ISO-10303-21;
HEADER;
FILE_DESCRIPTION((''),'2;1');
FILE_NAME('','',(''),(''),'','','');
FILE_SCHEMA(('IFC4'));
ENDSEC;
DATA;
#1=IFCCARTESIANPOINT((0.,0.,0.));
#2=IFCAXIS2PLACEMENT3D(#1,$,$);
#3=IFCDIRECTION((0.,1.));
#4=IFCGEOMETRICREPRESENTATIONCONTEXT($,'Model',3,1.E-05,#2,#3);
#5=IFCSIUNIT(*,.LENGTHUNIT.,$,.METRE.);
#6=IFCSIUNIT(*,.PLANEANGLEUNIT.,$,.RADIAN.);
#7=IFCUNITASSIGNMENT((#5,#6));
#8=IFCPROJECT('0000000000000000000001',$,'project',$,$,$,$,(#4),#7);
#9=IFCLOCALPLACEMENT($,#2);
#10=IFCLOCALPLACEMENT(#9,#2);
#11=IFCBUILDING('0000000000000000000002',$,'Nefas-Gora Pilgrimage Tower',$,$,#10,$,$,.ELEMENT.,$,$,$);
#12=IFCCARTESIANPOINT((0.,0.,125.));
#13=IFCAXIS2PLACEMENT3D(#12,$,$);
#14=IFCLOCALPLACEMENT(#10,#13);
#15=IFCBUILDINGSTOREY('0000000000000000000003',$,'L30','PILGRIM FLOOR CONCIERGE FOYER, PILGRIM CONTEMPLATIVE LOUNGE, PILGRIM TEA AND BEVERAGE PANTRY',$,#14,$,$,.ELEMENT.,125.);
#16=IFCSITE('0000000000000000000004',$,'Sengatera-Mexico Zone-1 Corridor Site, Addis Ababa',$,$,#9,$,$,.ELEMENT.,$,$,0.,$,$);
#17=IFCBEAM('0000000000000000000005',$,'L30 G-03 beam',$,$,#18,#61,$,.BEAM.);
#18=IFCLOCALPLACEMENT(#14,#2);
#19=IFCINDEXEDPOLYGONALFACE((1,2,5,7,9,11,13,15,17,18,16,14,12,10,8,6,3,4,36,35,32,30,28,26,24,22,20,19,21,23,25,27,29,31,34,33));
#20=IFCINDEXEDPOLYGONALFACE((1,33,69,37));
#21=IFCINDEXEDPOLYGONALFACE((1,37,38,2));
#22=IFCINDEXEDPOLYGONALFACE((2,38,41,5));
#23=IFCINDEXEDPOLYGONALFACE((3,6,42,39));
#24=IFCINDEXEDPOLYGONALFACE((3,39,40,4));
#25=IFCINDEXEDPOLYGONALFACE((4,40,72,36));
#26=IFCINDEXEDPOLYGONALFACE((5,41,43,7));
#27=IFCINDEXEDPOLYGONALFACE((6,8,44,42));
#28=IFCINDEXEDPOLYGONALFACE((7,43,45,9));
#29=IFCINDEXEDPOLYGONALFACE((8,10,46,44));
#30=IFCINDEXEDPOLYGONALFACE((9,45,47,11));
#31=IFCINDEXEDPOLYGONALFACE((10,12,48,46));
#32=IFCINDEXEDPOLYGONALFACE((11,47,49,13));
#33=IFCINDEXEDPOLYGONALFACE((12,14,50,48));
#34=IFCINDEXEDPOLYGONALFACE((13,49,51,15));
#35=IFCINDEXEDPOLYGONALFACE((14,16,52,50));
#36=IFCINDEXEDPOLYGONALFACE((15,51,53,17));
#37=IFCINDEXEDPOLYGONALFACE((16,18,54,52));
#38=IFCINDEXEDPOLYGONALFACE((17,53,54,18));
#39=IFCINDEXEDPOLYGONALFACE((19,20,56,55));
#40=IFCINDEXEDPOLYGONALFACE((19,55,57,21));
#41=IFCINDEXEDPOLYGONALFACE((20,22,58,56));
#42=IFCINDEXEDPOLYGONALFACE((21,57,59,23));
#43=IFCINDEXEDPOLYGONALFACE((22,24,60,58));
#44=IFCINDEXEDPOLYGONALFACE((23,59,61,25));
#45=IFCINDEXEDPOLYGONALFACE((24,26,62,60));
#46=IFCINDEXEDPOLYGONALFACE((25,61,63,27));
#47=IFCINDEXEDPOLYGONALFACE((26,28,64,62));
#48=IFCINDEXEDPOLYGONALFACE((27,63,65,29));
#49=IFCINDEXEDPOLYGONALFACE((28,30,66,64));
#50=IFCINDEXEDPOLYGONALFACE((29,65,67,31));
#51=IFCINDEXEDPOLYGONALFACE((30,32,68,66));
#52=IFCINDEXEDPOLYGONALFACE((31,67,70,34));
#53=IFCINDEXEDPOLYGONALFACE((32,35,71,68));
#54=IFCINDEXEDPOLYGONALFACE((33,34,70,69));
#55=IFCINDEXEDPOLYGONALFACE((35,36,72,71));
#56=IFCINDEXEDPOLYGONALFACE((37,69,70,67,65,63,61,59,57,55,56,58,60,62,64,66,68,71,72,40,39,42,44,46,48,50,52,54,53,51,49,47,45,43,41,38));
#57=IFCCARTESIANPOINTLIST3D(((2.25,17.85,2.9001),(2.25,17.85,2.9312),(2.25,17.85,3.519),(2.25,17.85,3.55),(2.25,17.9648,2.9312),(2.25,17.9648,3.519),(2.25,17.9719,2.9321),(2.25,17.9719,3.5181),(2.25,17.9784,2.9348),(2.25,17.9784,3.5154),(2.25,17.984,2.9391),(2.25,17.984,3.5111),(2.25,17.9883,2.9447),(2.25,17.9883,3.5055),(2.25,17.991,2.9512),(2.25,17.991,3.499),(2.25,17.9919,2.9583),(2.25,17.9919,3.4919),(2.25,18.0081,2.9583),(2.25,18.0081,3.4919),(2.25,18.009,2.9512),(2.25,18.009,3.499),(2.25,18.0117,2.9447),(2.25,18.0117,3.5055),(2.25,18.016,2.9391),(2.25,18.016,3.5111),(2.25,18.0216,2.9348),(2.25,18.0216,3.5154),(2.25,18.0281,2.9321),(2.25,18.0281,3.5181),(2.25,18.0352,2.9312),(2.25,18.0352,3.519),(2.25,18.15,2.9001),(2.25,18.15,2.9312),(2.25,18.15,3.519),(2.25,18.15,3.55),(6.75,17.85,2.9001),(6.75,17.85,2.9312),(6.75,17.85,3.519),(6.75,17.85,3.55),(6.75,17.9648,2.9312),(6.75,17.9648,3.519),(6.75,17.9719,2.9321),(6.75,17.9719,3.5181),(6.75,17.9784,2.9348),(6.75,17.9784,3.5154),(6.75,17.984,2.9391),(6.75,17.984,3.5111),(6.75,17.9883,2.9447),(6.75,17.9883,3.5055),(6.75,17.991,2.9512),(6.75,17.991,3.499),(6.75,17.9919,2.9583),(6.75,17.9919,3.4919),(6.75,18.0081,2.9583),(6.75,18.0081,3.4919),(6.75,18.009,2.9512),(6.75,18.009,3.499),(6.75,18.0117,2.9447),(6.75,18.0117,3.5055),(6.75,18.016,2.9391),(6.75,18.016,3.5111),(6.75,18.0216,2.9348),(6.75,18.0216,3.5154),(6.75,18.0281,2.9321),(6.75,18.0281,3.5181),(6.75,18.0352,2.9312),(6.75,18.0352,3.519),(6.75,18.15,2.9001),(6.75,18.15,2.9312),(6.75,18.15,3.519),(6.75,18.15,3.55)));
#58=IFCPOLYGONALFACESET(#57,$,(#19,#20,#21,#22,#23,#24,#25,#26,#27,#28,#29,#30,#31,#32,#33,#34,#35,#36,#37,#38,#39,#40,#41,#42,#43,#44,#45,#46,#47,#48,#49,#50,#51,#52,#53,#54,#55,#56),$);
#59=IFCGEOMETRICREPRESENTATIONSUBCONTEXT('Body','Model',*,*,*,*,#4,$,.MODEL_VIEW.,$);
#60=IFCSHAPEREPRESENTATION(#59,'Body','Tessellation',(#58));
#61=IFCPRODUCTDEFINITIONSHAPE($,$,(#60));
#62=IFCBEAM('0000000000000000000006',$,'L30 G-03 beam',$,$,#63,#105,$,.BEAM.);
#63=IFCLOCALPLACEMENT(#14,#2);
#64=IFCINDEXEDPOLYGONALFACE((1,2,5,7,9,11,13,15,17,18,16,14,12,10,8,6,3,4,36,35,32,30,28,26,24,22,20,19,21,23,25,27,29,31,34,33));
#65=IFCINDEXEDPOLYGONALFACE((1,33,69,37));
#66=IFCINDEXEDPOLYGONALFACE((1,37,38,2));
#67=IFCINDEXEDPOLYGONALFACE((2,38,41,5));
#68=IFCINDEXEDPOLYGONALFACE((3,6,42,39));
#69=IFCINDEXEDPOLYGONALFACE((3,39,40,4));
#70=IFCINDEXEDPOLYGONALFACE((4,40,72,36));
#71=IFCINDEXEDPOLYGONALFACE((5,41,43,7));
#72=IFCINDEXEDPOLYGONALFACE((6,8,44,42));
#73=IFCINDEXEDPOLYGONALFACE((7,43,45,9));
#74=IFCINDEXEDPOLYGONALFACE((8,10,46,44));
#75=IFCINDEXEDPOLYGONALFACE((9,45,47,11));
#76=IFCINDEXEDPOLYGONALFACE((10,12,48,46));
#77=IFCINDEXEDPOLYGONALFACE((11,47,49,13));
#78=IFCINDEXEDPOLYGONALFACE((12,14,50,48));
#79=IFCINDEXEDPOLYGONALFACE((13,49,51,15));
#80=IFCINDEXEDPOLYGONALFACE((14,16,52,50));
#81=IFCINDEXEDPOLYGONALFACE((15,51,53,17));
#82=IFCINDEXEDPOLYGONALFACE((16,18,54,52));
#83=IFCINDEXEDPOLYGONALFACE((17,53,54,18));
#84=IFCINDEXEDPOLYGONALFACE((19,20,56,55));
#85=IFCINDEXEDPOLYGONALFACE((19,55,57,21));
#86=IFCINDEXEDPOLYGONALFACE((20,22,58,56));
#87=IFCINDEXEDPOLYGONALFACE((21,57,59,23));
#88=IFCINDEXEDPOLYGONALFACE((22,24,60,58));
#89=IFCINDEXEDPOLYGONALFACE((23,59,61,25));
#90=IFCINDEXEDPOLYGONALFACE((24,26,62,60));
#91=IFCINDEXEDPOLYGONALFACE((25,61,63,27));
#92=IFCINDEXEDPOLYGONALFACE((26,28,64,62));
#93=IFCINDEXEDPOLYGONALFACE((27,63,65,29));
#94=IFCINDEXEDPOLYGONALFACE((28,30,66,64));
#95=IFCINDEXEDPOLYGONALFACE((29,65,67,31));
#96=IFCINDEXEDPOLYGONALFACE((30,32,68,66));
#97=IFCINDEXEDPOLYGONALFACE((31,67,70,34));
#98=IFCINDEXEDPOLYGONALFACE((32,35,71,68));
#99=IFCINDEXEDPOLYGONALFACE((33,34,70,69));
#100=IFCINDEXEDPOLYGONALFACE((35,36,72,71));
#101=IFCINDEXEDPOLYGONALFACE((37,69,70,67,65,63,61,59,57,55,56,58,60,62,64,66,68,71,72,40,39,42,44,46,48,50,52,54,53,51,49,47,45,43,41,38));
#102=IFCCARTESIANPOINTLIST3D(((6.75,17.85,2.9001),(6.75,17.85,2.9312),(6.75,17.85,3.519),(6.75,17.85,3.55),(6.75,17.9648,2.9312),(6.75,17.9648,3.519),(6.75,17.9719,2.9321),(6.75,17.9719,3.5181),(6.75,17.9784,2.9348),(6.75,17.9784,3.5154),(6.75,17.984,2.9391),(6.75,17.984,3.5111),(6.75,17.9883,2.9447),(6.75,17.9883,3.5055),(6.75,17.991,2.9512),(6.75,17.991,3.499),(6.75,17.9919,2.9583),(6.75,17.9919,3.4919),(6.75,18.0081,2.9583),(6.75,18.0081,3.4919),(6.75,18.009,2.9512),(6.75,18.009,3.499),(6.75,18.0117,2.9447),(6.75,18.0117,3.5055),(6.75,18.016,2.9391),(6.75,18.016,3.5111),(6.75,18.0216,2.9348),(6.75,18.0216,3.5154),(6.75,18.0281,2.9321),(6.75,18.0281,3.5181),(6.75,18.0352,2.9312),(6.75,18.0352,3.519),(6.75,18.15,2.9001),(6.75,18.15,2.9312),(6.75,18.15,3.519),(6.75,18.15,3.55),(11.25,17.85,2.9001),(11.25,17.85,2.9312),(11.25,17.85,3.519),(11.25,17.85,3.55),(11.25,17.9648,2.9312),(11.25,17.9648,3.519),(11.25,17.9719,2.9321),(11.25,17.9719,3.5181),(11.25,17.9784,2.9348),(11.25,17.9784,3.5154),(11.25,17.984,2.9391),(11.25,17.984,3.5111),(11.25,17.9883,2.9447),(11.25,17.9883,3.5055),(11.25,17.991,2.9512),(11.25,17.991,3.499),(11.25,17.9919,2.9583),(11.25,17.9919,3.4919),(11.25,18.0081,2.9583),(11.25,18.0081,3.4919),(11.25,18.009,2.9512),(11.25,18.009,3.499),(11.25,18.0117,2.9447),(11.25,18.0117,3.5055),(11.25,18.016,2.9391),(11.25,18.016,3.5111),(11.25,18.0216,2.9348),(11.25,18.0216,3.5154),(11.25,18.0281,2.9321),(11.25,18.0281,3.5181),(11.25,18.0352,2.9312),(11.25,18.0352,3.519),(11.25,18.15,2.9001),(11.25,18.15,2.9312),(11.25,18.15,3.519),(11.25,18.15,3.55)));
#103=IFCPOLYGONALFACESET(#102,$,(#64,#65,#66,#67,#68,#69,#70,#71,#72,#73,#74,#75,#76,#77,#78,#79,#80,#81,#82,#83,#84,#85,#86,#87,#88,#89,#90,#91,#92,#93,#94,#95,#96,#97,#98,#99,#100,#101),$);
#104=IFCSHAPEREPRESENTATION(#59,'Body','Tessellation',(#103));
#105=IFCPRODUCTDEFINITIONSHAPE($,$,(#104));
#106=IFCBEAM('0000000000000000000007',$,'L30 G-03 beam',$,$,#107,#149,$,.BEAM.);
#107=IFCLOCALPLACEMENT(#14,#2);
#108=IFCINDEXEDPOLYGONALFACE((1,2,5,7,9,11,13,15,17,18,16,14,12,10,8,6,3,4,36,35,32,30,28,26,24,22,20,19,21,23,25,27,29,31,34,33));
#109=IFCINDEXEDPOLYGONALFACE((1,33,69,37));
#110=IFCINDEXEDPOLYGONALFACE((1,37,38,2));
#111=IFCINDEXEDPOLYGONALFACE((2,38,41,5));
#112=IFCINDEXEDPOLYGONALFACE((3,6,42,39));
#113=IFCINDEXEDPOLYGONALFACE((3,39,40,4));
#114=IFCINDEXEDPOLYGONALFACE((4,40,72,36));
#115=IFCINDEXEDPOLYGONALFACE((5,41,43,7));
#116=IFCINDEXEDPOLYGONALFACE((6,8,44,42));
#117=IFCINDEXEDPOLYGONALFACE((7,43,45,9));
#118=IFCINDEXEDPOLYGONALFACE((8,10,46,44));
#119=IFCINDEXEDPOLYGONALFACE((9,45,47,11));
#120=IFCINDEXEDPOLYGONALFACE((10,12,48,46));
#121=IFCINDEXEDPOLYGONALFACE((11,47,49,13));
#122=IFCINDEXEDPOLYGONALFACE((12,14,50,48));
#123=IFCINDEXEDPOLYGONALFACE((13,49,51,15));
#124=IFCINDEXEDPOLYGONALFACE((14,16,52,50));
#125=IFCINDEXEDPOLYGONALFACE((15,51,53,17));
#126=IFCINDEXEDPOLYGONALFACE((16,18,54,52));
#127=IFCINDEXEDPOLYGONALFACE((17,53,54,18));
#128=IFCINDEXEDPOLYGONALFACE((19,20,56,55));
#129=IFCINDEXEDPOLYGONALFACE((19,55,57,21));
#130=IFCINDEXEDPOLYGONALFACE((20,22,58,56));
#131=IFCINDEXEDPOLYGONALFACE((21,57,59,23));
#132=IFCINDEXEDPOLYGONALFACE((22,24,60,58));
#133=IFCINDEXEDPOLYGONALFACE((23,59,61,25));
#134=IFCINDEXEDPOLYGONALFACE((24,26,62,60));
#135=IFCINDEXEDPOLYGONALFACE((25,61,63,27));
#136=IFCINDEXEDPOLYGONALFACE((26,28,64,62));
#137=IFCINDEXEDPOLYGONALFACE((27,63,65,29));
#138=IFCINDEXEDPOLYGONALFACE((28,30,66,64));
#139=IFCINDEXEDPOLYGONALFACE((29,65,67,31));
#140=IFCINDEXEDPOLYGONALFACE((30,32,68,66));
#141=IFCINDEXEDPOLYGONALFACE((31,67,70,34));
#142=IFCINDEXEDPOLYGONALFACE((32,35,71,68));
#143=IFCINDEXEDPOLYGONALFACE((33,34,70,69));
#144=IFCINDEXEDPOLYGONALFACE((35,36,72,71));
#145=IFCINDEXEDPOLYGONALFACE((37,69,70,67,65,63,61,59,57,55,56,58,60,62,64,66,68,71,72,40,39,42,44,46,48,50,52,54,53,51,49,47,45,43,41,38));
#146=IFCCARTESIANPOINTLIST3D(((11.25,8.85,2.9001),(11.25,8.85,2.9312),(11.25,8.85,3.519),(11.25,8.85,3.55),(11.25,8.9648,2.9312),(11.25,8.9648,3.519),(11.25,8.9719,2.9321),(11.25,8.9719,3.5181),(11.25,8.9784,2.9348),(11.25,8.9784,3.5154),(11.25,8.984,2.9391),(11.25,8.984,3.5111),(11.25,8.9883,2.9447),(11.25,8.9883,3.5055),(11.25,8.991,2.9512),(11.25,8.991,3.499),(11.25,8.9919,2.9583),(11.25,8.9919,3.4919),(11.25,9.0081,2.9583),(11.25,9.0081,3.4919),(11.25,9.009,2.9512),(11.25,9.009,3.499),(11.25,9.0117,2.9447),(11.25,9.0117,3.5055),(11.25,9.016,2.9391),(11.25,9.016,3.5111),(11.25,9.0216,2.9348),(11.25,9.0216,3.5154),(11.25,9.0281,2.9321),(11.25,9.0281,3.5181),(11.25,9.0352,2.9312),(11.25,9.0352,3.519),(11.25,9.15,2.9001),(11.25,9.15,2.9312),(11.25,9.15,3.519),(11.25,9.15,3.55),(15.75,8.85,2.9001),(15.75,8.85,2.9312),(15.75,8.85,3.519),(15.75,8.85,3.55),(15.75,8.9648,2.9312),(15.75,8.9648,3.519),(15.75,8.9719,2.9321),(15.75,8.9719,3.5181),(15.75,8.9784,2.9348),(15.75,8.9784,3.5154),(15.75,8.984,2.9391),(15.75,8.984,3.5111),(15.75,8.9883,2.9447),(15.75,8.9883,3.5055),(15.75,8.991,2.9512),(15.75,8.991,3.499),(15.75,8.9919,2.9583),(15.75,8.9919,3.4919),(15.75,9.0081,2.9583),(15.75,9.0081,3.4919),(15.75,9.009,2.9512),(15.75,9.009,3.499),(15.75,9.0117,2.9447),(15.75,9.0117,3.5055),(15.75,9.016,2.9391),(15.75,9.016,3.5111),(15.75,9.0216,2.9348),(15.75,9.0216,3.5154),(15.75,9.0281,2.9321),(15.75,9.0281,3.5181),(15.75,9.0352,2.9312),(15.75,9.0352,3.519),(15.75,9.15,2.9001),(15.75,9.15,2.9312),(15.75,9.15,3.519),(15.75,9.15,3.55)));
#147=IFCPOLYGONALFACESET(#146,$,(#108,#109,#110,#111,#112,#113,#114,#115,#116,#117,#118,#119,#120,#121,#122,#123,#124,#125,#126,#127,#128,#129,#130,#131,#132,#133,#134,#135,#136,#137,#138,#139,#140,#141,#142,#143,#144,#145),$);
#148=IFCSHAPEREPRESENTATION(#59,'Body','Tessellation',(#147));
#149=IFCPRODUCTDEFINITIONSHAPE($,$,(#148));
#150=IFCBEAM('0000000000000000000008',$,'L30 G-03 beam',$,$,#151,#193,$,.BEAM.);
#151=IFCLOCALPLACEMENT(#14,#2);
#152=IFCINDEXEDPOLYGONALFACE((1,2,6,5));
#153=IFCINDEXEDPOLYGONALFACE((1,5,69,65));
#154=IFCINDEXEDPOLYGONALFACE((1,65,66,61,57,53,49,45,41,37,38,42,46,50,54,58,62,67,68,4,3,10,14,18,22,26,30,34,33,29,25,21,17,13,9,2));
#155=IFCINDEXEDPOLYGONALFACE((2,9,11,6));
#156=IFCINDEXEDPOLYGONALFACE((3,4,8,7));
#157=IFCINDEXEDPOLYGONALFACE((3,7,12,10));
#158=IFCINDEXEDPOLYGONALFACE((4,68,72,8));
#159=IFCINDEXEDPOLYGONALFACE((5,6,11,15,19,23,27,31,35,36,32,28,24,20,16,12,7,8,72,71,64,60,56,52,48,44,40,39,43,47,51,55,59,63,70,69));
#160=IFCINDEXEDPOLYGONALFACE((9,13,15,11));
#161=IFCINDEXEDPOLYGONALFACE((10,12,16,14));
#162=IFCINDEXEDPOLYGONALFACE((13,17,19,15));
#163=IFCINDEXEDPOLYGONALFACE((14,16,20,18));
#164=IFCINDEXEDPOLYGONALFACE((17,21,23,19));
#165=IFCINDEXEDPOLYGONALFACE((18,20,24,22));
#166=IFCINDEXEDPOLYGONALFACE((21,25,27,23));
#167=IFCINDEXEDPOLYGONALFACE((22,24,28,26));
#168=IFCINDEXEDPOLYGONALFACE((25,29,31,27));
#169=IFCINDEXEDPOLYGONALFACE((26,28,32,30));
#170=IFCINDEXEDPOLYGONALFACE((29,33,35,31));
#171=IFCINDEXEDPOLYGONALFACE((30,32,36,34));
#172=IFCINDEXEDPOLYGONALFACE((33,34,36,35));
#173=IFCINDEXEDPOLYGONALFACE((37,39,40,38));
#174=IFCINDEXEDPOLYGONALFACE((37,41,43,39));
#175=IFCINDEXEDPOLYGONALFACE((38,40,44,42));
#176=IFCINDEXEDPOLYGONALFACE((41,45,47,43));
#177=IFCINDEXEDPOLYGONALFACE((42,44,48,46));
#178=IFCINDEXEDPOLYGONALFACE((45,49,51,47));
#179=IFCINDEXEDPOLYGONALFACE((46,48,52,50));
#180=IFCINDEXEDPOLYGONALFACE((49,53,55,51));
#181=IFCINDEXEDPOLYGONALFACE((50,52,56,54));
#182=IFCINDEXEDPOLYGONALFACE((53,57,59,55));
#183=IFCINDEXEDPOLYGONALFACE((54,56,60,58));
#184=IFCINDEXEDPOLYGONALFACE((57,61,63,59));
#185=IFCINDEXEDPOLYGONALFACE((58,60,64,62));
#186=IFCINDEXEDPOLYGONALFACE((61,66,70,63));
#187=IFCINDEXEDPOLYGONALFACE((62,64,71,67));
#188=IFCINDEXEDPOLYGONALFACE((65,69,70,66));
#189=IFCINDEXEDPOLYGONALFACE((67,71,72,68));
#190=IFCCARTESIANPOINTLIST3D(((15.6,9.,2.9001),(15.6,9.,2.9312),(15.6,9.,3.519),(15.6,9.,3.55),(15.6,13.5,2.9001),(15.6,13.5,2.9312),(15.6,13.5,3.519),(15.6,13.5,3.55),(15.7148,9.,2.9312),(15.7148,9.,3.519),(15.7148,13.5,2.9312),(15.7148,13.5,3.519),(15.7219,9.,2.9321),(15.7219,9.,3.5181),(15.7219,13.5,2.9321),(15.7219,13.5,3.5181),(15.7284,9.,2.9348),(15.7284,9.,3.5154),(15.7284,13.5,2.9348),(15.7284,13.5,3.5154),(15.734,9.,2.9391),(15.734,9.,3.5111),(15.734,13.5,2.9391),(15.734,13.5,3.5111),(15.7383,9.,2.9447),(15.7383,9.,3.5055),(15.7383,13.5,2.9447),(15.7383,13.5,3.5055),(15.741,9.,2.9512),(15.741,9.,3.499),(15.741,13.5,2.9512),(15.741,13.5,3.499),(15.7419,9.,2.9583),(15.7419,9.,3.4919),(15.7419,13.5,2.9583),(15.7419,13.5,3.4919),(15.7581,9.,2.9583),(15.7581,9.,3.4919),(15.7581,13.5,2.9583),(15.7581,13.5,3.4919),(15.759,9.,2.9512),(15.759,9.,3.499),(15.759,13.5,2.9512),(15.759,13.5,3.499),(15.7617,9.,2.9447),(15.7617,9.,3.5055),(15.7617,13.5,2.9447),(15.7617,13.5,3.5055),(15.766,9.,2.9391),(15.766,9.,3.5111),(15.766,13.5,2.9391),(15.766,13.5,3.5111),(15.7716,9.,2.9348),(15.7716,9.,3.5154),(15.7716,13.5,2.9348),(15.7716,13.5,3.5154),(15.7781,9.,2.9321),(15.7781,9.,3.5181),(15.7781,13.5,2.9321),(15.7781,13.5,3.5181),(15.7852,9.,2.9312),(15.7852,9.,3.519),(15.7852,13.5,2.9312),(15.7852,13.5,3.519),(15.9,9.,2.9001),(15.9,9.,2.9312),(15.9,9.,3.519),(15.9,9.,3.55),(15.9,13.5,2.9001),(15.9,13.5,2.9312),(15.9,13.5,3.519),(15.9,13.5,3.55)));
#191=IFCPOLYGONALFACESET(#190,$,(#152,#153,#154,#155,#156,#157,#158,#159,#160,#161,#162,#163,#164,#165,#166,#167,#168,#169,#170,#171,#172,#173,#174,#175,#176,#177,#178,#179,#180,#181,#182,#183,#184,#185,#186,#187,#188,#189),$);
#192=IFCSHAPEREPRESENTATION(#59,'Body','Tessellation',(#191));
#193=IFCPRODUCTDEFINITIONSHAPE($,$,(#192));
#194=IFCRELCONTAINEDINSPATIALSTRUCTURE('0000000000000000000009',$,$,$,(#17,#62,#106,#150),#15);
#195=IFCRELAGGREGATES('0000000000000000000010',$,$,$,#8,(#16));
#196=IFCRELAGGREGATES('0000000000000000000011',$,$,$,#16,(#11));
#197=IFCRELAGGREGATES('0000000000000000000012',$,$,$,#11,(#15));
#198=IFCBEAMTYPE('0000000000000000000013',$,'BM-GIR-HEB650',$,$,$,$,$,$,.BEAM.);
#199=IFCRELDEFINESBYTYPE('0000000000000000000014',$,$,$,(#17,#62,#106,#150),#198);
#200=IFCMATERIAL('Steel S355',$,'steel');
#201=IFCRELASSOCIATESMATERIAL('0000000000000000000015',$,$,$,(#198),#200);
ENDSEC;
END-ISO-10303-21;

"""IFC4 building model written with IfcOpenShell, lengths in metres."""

from ifc_helpers import new_model, si_unit, direction, frame, origin, origin_2d, place, context, subcontext, project, spatial, i_section, extrude, source, transform, mapped, material, material_profile, profile_set, type_object, element, save


model = new_model("IFC4")

# Units and contexts
model_context = context("Model", 3, precision=1e-05, world=origin(), true_north=direction((0.0, 1.0)))
body_context = subcontext(model_context, "Body", "Model", "MODEL_VIEW")
ifc_project = project(units=[si_unit("LENGTHUNIT", "METRE"), si_unit("PLANEANGLEUNIT", "RADIAN")], contexts=[model_context])

# Site, building, storey
site_placement = place(None, origin())
site = spatial("IfcSite", under=ifc_project, at=site_placement, Name="Sengatera-Mexico Zone-1 Corridor Site, Addis Ababa", CompositionType="ELEMENT", RefElevation=0.0)
building_placement = place(site_placement, origin())
building = spatial("IfcBuilding", under=site, at=building_placement, Name="Nefas-Gora Pilgrimage Tower", CompositionType="ELEMENT")
storey_placement = place(building_placement, frame((0.0, 0.0, 125.0)))
storey = spatial("IfcBuildingStorey", under=building, at=storey_placement, Name="L30", Description="PILGRIM FLOOR CONCIERGE FOYER, PILGRIM CONTEMPLATIVE LOUNGE, PILGRIM TEA AND BEVERAGE PANTRY", CompositionType="ELEMENT", Elevation=125.0)

# Beams
ifc_material_1 = material(Name="Steel S355", Category="steel")
ifc_material_profile_1 = material_profile(ifc_material_1, i_section(OverallWidth=0.3, OverallDepth=0.6499, WebThickness=0.0161, FlangeThickness=0.031, FilletRadius=0.0271, at=origin_2d()), Name="HEB 650")
ifc_profile_set_1 = profile_set([ifc_material_profile_1], Name="Steel S355")
beam_type_1 = type_object("IfcBeamType", Name="BM-GIR-HEB650", PredefinedType="BEAM", material=ifc_profile_set_1)
shared_shape_1 = source(origin(), body_context, "Body", "SweptSolid", [
    extrude(i_section(OverallWidth=0.3, OverallDepth=0.6499, WebThickness=0.0161, FlangeThickness=0.031, FilletRadius=0.0271, at=origin_2d()), origin(), (0.0, 0.0, 1.0), 4.5),
])
for number, where, z_axis, x_axis, name in (
    (1, (2.25, 18.0, 3.2251), (1.0, 0.0, 0.0), (0.0, 1.0, 0.0), "L30 G-03 beam"),
    (2, (6.75, 18.0, 3.2251), (1.0, 0.0, 0.0), (0.0, 1.0, 0.0), "L30 G-03 beam"),
    (3, (11.25, 9.0, 3.2251), (1.0, 0.0, 0.0), (0.0, 1.0, 0.0), "L30 G-03 beam"),
    (4, (15.75, 9.0, 3.2251), (0.0, 1.0, 0.0), (-1.0, 0.0, 0.0), "L30 G-03 beam"),
):
    element("IfcBeam", number, at=place(storey_placement, frame(where, z_axis=z_axis, x_axis=x_axis)), inside=storey, type_object=beam_type_1, Name=name, PredefinedType="BEAM", context=body_context, shape_type="MappedRepresentation", body=[
        mapped(shared_shape_1, transform((0.0, 0.0, 0.0), x_axis=(1.0, 0.0, 0.0), y_axis=(0.0, 1.0, 0.0), z_axis=(0.0, 0.0, 1.0), scale=1.0)),
    ])

save(model, "model.ifc")
